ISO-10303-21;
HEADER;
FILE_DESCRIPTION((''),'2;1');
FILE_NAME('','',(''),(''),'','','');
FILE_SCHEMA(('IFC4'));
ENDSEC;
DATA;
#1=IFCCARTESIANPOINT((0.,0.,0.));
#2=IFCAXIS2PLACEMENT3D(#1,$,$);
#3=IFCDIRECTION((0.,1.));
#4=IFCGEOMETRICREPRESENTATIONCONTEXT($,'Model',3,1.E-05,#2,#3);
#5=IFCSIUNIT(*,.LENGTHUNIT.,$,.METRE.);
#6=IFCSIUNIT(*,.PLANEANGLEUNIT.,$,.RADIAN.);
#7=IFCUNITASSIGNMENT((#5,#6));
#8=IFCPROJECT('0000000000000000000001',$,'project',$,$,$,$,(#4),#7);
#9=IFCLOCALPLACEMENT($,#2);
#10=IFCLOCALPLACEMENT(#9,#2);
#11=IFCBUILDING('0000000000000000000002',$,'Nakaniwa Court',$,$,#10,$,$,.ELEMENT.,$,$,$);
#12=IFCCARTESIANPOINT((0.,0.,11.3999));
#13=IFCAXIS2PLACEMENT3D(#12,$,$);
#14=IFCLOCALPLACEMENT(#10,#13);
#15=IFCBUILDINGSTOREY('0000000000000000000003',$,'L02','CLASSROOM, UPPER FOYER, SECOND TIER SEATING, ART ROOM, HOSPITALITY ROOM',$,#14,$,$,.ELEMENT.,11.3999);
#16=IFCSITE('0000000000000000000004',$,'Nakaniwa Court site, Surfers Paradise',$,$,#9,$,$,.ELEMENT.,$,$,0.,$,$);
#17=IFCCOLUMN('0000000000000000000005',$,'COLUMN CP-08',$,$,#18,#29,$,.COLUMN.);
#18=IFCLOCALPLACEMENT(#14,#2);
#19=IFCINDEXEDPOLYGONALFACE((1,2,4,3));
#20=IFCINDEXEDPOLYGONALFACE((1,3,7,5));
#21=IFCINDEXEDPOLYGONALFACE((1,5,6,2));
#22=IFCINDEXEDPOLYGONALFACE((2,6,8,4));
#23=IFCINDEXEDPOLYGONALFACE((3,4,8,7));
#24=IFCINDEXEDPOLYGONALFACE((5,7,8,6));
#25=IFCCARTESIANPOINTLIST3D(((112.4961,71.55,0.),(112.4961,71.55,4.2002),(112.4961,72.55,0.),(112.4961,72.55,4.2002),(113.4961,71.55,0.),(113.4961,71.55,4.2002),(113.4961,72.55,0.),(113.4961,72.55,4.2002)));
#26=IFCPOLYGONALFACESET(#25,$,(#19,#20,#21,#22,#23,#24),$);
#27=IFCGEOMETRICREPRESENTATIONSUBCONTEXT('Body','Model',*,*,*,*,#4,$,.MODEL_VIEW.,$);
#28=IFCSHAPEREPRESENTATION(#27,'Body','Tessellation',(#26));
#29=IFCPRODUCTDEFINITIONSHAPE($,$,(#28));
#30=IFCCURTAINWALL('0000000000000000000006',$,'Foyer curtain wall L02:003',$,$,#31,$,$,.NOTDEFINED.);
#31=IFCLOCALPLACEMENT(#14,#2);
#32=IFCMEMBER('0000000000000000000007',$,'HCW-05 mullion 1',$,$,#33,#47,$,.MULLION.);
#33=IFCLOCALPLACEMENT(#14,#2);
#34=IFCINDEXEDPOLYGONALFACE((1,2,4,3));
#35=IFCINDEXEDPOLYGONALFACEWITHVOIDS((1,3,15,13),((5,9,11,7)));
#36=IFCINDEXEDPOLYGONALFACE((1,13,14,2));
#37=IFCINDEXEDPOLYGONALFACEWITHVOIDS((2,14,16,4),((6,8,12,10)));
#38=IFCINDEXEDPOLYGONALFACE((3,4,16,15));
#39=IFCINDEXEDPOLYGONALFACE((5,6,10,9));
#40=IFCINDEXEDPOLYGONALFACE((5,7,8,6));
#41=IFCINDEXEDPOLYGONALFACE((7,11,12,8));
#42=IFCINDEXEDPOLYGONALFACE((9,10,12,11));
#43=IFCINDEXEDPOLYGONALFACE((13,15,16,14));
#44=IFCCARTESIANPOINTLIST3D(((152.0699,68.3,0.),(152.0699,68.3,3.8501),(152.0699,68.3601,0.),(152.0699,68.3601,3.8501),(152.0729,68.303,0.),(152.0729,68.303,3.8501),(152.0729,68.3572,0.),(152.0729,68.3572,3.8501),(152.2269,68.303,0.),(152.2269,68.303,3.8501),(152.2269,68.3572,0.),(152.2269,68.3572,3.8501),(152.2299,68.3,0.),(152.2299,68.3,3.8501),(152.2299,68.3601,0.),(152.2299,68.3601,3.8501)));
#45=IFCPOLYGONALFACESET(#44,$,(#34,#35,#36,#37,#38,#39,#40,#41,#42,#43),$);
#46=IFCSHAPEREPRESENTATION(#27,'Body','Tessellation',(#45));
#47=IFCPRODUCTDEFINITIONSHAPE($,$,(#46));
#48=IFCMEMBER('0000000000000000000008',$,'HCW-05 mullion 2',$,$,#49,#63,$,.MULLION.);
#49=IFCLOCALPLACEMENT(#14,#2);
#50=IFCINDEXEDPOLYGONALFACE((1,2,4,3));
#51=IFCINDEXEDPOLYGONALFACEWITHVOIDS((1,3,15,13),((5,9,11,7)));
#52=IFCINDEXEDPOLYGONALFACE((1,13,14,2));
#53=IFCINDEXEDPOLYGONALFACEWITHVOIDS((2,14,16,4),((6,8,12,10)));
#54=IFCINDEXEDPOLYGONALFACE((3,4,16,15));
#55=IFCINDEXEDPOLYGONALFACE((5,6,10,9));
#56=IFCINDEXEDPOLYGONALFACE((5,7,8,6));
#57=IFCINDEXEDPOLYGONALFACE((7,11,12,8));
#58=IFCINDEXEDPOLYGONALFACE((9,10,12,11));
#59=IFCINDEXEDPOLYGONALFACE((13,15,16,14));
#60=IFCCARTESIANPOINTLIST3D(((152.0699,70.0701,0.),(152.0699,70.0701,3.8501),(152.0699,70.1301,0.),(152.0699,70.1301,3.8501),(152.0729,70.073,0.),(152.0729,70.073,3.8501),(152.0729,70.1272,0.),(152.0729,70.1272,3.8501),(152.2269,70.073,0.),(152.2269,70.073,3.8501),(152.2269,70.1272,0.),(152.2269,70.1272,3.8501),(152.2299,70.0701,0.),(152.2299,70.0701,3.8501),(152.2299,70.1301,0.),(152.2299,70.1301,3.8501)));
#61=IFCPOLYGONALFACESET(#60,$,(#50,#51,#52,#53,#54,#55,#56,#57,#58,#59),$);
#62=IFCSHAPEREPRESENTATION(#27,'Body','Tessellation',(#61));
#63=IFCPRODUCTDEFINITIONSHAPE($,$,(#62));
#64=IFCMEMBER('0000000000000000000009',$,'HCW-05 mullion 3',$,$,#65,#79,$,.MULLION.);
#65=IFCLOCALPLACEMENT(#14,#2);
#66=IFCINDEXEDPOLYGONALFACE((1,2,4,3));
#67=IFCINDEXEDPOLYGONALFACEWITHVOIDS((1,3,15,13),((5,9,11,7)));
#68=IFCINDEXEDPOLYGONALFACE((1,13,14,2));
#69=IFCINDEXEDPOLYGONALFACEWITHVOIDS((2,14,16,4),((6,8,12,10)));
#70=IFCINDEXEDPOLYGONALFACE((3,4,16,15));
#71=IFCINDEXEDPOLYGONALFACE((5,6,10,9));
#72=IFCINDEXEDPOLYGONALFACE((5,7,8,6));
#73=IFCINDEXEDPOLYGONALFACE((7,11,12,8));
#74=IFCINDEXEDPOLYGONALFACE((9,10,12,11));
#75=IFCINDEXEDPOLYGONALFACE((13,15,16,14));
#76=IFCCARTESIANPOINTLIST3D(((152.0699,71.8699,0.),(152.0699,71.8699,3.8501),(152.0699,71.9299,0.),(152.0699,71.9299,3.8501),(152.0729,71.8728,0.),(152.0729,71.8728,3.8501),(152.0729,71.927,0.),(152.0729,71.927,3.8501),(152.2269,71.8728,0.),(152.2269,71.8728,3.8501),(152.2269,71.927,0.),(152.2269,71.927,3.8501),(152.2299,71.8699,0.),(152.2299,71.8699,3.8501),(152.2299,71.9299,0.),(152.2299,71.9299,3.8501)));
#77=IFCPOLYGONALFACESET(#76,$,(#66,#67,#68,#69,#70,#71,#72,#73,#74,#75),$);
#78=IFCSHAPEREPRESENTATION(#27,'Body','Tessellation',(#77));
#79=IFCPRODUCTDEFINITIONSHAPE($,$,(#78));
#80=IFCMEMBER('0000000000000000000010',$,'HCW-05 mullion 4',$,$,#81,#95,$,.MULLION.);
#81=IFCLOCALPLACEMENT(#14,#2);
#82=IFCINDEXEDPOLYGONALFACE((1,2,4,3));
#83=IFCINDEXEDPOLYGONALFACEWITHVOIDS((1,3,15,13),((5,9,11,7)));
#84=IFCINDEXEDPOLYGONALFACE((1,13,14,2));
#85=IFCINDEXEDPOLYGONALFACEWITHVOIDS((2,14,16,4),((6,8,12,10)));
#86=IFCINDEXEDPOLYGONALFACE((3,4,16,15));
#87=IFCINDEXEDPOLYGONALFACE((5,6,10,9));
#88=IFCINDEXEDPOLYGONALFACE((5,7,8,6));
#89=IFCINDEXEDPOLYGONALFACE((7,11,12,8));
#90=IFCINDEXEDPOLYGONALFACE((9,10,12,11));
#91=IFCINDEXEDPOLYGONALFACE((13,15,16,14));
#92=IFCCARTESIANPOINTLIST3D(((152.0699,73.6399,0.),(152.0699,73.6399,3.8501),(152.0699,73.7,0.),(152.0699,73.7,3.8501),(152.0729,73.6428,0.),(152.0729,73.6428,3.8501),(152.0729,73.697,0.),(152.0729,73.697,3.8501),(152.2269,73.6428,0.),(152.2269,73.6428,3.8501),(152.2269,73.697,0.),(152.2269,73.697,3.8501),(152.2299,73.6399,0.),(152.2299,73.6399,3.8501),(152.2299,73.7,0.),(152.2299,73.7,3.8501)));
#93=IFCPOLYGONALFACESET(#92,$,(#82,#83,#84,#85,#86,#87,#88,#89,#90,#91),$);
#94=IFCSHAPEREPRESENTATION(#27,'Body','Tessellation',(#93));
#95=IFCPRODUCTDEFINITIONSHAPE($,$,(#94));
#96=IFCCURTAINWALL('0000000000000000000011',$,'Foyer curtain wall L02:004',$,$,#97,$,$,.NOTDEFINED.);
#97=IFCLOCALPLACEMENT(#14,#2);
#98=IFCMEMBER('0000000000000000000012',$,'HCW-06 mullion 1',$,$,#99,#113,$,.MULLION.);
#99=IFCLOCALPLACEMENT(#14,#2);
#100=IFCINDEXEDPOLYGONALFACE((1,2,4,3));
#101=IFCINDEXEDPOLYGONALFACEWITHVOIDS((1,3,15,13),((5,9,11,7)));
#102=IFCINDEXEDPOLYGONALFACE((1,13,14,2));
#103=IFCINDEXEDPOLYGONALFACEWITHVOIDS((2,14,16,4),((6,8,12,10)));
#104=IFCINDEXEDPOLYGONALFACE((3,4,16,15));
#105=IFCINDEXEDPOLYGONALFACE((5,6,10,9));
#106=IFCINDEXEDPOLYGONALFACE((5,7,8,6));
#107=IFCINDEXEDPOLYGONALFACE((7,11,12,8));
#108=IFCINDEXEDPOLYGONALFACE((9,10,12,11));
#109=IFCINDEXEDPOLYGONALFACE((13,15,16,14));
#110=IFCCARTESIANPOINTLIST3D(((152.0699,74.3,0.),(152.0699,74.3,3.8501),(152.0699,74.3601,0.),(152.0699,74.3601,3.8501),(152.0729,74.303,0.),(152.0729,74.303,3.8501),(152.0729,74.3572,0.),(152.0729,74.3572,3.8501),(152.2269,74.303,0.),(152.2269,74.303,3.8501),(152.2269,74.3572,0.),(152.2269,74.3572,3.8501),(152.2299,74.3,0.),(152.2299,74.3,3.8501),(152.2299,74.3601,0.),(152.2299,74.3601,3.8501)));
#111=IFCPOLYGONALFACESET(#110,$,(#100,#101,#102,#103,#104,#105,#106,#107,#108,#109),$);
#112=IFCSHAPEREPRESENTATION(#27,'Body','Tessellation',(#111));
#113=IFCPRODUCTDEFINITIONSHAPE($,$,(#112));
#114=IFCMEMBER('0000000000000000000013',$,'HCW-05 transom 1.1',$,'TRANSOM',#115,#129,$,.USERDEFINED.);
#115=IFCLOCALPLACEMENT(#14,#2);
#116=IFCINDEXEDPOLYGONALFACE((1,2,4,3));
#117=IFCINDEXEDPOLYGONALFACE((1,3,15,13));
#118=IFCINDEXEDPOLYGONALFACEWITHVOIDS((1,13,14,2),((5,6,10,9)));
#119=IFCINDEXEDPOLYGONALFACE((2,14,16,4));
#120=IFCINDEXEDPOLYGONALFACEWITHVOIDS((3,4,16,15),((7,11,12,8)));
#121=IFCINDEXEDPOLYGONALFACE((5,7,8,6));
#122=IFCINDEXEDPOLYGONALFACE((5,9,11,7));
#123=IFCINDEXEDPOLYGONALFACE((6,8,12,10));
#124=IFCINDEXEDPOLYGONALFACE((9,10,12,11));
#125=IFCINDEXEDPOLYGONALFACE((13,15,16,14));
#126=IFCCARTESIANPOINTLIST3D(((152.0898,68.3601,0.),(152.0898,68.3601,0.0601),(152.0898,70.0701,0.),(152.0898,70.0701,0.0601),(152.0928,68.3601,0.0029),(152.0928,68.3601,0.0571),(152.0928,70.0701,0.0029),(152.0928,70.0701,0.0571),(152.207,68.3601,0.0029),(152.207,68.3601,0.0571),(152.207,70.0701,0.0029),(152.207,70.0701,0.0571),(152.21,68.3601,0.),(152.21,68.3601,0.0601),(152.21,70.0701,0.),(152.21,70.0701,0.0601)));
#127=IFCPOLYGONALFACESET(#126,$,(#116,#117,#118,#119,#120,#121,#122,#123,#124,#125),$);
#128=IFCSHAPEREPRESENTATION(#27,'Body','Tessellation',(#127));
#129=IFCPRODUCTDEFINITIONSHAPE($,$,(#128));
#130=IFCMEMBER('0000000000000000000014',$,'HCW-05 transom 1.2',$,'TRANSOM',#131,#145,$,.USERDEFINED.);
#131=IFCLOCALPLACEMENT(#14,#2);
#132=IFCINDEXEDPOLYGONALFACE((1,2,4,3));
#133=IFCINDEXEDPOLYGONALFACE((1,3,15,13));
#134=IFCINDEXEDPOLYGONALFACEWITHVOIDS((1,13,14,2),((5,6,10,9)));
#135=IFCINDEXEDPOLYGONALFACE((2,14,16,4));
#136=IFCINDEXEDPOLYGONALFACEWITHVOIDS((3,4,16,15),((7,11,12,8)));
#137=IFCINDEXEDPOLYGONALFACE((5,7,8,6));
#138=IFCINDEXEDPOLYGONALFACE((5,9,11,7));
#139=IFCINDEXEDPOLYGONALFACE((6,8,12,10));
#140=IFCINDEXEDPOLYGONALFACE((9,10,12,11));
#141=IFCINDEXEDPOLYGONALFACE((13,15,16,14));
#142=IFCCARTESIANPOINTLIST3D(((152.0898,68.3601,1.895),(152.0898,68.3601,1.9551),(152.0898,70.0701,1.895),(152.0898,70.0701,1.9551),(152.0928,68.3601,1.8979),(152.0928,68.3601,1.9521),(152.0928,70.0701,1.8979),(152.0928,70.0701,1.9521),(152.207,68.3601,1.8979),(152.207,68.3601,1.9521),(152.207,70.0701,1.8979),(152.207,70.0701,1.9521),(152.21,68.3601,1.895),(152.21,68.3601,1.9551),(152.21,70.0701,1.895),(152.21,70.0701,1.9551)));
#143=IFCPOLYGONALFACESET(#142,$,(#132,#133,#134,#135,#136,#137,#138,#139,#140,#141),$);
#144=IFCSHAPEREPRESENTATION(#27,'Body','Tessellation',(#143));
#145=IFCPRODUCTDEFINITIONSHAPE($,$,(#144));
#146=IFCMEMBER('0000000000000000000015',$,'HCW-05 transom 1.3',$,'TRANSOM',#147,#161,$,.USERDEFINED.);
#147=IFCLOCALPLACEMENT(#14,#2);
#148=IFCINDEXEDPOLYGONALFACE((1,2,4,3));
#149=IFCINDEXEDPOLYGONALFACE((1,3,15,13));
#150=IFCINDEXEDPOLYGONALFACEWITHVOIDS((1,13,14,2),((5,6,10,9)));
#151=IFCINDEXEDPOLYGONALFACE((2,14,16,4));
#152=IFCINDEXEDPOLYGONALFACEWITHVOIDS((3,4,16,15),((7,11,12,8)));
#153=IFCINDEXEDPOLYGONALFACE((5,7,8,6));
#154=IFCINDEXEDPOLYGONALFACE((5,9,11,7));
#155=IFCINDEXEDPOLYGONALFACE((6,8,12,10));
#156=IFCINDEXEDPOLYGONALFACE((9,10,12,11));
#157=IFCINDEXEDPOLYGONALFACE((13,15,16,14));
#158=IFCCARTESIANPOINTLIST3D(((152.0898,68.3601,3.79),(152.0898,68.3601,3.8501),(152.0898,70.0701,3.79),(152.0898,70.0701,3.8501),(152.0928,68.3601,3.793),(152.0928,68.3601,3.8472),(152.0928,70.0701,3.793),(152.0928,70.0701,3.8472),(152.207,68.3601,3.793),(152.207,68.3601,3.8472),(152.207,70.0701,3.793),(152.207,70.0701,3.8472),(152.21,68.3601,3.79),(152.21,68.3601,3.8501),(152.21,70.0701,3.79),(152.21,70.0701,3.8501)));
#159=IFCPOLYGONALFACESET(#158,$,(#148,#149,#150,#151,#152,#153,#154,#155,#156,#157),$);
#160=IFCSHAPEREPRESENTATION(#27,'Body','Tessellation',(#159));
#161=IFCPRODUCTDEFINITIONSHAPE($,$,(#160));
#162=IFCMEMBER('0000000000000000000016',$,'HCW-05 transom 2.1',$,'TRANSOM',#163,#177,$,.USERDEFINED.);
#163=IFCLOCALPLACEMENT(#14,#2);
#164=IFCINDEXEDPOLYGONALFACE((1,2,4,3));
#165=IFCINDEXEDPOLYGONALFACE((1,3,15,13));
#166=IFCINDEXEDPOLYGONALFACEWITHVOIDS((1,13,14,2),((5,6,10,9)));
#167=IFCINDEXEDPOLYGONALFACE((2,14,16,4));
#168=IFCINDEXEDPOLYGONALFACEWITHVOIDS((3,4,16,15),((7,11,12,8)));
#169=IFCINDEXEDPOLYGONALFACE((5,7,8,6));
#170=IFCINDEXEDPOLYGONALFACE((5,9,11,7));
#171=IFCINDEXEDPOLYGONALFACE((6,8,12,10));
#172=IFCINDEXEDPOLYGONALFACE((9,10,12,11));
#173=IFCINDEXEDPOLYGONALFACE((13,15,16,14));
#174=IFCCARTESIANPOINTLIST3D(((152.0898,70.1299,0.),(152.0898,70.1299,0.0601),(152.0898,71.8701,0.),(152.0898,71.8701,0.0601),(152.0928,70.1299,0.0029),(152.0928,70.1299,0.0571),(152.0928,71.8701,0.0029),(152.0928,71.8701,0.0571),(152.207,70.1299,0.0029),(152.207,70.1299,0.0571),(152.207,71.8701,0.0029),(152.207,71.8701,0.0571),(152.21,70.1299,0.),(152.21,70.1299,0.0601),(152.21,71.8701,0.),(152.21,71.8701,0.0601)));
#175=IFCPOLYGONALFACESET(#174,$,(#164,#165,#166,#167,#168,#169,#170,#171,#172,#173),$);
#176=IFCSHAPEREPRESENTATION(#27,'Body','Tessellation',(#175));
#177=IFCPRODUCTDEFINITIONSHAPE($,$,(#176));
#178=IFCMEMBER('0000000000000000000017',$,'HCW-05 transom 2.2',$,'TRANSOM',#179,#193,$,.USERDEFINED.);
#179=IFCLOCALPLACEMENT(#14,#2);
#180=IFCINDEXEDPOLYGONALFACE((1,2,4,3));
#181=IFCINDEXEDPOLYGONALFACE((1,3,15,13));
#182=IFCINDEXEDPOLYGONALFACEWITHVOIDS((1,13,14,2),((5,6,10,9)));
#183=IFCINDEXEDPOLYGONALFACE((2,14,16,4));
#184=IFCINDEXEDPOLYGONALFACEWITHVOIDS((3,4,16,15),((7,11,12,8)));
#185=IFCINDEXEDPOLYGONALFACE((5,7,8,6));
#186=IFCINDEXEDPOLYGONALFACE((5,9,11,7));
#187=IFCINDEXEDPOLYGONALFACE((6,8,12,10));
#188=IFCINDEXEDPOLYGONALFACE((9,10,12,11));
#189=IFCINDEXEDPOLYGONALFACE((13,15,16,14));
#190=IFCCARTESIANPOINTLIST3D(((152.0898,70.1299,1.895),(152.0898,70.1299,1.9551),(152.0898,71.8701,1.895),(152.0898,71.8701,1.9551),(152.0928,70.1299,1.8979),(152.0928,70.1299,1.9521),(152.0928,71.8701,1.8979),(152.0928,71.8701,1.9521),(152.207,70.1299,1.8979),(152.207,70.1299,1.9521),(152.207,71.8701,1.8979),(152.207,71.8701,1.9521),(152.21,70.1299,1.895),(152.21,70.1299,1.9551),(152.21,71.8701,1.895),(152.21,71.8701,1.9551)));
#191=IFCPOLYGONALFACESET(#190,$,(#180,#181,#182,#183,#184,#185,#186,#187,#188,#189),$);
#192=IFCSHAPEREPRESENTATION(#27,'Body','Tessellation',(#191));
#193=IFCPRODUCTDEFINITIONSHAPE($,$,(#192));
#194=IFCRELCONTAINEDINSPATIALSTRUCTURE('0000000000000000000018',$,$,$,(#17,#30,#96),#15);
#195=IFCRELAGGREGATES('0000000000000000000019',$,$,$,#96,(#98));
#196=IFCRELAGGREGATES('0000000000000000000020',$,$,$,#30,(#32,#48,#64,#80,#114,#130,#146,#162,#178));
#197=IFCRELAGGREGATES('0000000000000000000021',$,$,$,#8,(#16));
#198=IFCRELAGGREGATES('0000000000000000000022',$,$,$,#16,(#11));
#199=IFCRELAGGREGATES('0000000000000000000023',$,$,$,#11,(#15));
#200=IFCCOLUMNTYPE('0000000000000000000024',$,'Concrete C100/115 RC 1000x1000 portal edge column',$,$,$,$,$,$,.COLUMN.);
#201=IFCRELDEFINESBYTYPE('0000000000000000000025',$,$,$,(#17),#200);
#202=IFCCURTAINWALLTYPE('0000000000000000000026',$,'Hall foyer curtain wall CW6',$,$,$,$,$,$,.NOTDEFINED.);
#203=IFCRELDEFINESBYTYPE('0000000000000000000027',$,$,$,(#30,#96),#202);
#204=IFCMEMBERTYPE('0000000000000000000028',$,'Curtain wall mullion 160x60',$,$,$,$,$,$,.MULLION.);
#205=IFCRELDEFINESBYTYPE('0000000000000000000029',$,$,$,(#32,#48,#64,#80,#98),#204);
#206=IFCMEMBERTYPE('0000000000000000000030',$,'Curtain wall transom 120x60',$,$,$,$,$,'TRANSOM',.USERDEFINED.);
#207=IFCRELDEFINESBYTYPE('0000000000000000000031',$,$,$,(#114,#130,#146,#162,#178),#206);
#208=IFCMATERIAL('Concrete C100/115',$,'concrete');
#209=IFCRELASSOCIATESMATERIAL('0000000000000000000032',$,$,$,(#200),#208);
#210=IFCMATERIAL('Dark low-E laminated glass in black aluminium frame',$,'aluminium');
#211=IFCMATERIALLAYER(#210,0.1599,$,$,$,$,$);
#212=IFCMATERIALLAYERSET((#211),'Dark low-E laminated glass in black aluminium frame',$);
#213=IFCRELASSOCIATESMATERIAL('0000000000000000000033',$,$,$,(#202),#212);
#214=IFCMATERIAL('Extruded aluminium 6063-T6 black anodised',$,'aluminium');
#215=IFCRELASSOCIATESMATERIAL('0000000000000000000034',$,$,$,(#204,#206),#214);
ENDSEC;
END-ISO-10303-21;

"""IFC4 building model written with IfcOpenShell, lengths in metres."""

from ifc_helpers import new_model, si_unit, direction, frame, origin, origin_2d, place, context, subcontext, project, spatial, rectangle, hollow_rectangle, extrude, material, layer, layer_set, material_profile, profile_set, type_object, element, aggregate, save


model = new_model("IFC4")

# Units and contexts
model_context = context("Model", 3, precision=1e-05, world=origin(), true_north=direction((0.0, 1.0)))
body_context = subcontext(model_context, "Body", "Model", "MODEL_VIEW")
ifc_project = project(units=[si_unit("LENGTHUNIT", "METRE"), si_unit("PLANEANGLEUNIT", "RADIAN")], contexts=[model_context])

# Site, building, storey
site_placement = place(None, origin())
site = spatial("IfcSite", under=ifc_project, at=site_placement, Name="Nakaniwa Court site, Surfers Paradise", CompositionType="ELEMENT", RefElevation=0.0)
building_placement = place(site_placement, origin())
building = spatial("IfcBuilding", under=site, at=building_placement, Name="Nakaniwa Court", CompositionType="ELEMENT")
storey_placement = place(building_placement, frame((0.0, 0.0, 11.3999)))
storey = spatial("IfcBuildingStorey", under=building, at=storey_placement, Name="L02", Description="CLASSROOM, UPPER FOYER, SECOND TIER SEATING, ART ROOM, HOSPITALITY ROOM", CompositionType="ELEMENT", Elevation=11.3999)

# Column
ifc_material_1 = material(Name="Concrete C100/115", Category="concrete")
ifc_material_profile_1 = material_profile(ifc_material_1, rectangle(XDim=1.0, YDim=1.0, at=origin_2d()), Name="Concrete C100/115 RC 1000x1000 portal edge column")
ifc_profile_set_1 = profile_set([ifc_material_profile_1], Name="Concrete C100/115")
column_type = type_object("IfcColumnType", Name="Concrete C100/115 RC 1000x1000 portal edge column", PredefinedType="COLUMN", material=ifc_profile_set_1)
column_placement = place(storey_placement, frame((112.9961, 72.05, 0.0), z_axis=(0.0, 0.0, 1.0), x_axis=(1.0, 0.0, 0.0)))
element("IfcColumn", 1, at=column_placement, inside=storey, type_object=column_type, Name="COLUMN CP-08", PredefinedType="COLUMN", context=body_context, shape_type="SweptSolid", body=[
    extrude(rectangle(XDim=1.0, YDim=1.0, at=origin_2d()), origin(), (0.0, 0.0, 1.0), 4.2002),
])

# Curtain wall, members
ifc_material_2 = material(Name="Dark low-E laminated glass in black aluminium frame", Category="aluminium")
ifc_layer_1 = layer(ifc_material_2, 0.1599)
ifc_layer_set_1 = layer_set([ifc_layer_1], Name="Dark low-E laminated glass in black aluminium frame")
curtain_wall_type_1 = type_object("IfcCurtainWallType", Name="Hall foyer curtain wall CW6", PredefinedType="NOTDEFINED", material=ifc_layer_set_1)
curtain_wall_1_placement = place(storey_placement, origin())
curtain_wall_1 = element("IfcCurtainWall", 2, at=curtain_wall_1_placement, inside=storey, type_object=curtain_wall_type_1, Name="Foyer curtain wall L02:003", PredefinedType="NOTDEFINED")
ifc_material_3 = material(Name="Extruded aluminium 6063-T6 black anodised", Category="aluminium")
ifc_material_profile_2 = material_profile(ifc_material_3, hollow_rectangle(XDim=0.1599, YDim=0.0601, WallThickness=0.0029, at=origin_2d()), Name="CW mullion 160x60")
ifc_profile_set_2 = profile_set([ifc_material_profile_2], Name="Extruded aluminium 6063-T6 black anodised")
member_type_1 = type_object("IfcMemberType", Name="Curtain wall mullion 160x60", PredefinedType="MULLION", material=ifc_profile_set_2)
member_1_placement = place(storey_placement, frame((152.1499, 68.3301, 0.0), z_axis=(0.0, 0.0, 1.0), x_axis=(-1.0, 0.0, 0.0)))
member_1 = element("IfcMember", 3, at=member_1_placement, type_object=member_type_1, Name="HCW-05 mullion 1", PredefinedType="MULLION", context=body_context, shape_type="SweptSolid", body=[
    extrude(hollow_rectangle(XDim=0.1599, YDim=0.0601, WallThickness=0.0029, at=origin_2d()), origin(), (0.0, 0.0, 1.0), 3.8501),
])
member_2_placement = place(storey_placement, frame((152.1499, 70.1001, 0.0), z_axis=(0.0, 0.0, 1.0), x_axis=(-1.0, 0.0, 0.0)))
member_2 = element("IfcMember", 4, at=member_2_placement, type_object=member_type_1, Name="HCW-05 mullion 2", PredefinedType="MULLION", context=body_context, shape_type="SweptSolid", body=[
    extrude(hollow_rectangle(XDim=0.1599, YDim=0.0601, WallThickness=0.0029, at=origin_2d()), origin(), (0.0, 0.0, 1.0), 3.8501),
])
member_3_placement = place(storey_placement, frame((152.1499, 71.8999, 0.0), z_axis=(0.0, 0.0, 1.0), x_axis=(-1.0, 0.0, 0.0)))
member_3 = element("IfcMember", 5, at=member_3_placement, type_object=member_type_1, Name="HCW-05 mullion 3", PredefinedType="MULLION", context=body_context, shape_type="SweptSolid", body=[
    extrude(hollow_rectangle(XDim=0.1599, YDim=0.0601, WallThickness=0.0029, at=origin_2d()), origin(), (0.0, 0.0, 1.0), 3.8501),
])
member_4_placement = place(storey_placement, frame((152.1499, 73.6699, 0.0), z_axis=(0.0, 0.0, 1.0), x_axis=(-1.0, 0.0, 0.0)))
member_4 = element("IfcMember", 6, at=member_4_placement, type_object=member_type_1, Name="HCW-05 mullion 4", PredefinedType="MULLION", context=body_context, shape_type="SweptSolid", body=[
    extrude(hollow_rectangle(XDim=0.1599, YDim=0.0601, WallThickness=0.0029, at=origin_2d()), origin(), (0.0, 0.0, 1.0), 3.8501),
])

# Curtain wall, member
curtain_wall_2_placement = place(storey_placement, origin())
curtain_wall_2 = element("IfcCurtainWall", 7, at=curtain_wall_2_placement, inside=storey, type_object=curtain_wall_type_1, Name="Foyer curtain wall L02:004", PredefinedType="NOTDEFINED")
member_5_placement = place(storey_placement, frame((152.1499, 74.3301, 0.0), z_axis=(0.0, 0.0, 1.0), x_axis=(-1.0, 0.0, 0.0)))
member_5 = element("IfcMember", 8, at=member_5_placement, type_object=member_type_1, Name="HCW-06 mullion 1", PredefinedType="MULLION", context=body_context, shape_type="SweptSolid", body=[
    extrude(hollow_rectangle(XDim=0.1599, YDim=0.0601, WallThickness=0.0029, at=origin_2d()), origin(), (0.0, 0.0, 1.0), 3.8501),
])

# Members
ifc_material_profile_3 = material_profile(ifc_material_3, hollow_rectangle(XDim=0.1201, YDim=0.0601, WallThickness=0.0029, at=origin_2d()), Name="CW transom 120x60")
ifc_profile_set_3 = profile_set([ifc_material_profile_3], Name="Extruded aluminium 6063-T6 black anodised")
member_type_2 = type_object("IfcMemberType", Name="Curtain wall transom 120x60", ElementType="TRANSOM", PredefinedType="USERDEFINED", material=ifc_profile_set_3)
member_6_placement = place(storey_placement, frame((152.1499, 68.3601, 0.03), z_axis=(0.0, 1.0, 0.0), x_axis=(-1.0, 0.0, 0.0)))
member_6 = element("IfcMember", 9, at=member_6_placement, type_object=member_type_2, Name="HCW-05 transom 1.1", ObjectType="TRANSOM", PredefinedType="USERDEFINED", context=body_context, shape_type="SweptSolid", body=[
    extrude(hollow_rectangle(XDim=0.1201, YDim=0.0601, WallThickness=0.0029, at=origin_2d()), origin(), (0.0, 0.0, 1.0), 1.71),
])
member_7_placement = place(storey_placement, frame((152.1499, 68.3601, 1.925), z_axis=(0.0, 1.0, 0.0), x_axis=(-1.0, 0.0, 0.0)))
member_7 = element("IfcMember", 10, at=member_7_placement, type_object=member_type_2, Name="HCW-05 transom 1.2", ObjectType="TRANSOM", PredefinedType="USERDEFINED", context=body_context, shape_type="SweptSolid", body=[
    extrude(hollow_rectangle(XDim=0.1201, YDim=0.0601, WallThickness=0.0029, at=origin_2d()), origin(), (0.0, 0.0, 1.0), 1.71),
])
member_8_placement = place(storey_placement, frame((152.1499, 68.3601, 3.8201), z_axis=(0.0, 1.0, 0.0), x_axis=(-1.0, 0.0, 0.0)))
member_8 = element("IfcMember", 11, at=member_8_placement, type_object=member_type_2, Name="HCW-05 transom 1.3", ObjectType="TRANSOM", PredefinedType="USERDEFINED", context=body_context, shape_type="SweptSolid", body=[
    extrude(hollow_rectangle(XDim=0.1201, YDim=0.0601, WallThickness=0.0029, at=origin_2d()), origin(), (0.0, 0.0, 1.0), 1.71),
])
member_9_placement = place(storey_placement, frame((152.1499, 70.1299, 0.03), z_axis=(0.0, 1.0, 0.0), x_axis=(-1.0, 0.0, 0.0)))
member_9 = element("IfcMember", 12, at=member_9_placement, type_object=member_type_2, Name="HCW-05 transom 2.1", ObjectType="TRANSOM", PredefinedType="USERDEFINED", context=body_context, shape_type="SweptSolid", body=[
    extrude(hollow_rectangle(XDim=0.1201, YDim=0.0601, WallThickness=0.0029, at=origin_2d()), origin(), (0.0, 0.0, 1.0), 1.7402),
])
member_10_placement = place(storey_placement, frame((152.1499, 70.1299, 1.925), z_axis=(0.0, 1.0, 0.0), x_axis=(-1.0, 0.0, 0.0)))
member_10 = element("IfcMember", 13, at=member_10_placement, type_object=member_type_2, Name="HCW-05 transom 2.2", ObjectType="TRANSOM", PredefinedType="USERDEFINED", context=body_context, shape_type="SweptSolid", body=[
    extrude(hollow_rectangle(XDim=0.1201, YDim=0.0601, WallThickness=0.0029, at=origin_2d()), origin(), (0.0, 0.0, 1.0), 1.7402),
])
aggregate(curtain_wall_2, [member_5])

aggregate(curtain_wall_1, [member_1, member_2, member_3, member_4, member_6, member_7, member_8, member_9, member_10])

save(model, "model.ifc")
